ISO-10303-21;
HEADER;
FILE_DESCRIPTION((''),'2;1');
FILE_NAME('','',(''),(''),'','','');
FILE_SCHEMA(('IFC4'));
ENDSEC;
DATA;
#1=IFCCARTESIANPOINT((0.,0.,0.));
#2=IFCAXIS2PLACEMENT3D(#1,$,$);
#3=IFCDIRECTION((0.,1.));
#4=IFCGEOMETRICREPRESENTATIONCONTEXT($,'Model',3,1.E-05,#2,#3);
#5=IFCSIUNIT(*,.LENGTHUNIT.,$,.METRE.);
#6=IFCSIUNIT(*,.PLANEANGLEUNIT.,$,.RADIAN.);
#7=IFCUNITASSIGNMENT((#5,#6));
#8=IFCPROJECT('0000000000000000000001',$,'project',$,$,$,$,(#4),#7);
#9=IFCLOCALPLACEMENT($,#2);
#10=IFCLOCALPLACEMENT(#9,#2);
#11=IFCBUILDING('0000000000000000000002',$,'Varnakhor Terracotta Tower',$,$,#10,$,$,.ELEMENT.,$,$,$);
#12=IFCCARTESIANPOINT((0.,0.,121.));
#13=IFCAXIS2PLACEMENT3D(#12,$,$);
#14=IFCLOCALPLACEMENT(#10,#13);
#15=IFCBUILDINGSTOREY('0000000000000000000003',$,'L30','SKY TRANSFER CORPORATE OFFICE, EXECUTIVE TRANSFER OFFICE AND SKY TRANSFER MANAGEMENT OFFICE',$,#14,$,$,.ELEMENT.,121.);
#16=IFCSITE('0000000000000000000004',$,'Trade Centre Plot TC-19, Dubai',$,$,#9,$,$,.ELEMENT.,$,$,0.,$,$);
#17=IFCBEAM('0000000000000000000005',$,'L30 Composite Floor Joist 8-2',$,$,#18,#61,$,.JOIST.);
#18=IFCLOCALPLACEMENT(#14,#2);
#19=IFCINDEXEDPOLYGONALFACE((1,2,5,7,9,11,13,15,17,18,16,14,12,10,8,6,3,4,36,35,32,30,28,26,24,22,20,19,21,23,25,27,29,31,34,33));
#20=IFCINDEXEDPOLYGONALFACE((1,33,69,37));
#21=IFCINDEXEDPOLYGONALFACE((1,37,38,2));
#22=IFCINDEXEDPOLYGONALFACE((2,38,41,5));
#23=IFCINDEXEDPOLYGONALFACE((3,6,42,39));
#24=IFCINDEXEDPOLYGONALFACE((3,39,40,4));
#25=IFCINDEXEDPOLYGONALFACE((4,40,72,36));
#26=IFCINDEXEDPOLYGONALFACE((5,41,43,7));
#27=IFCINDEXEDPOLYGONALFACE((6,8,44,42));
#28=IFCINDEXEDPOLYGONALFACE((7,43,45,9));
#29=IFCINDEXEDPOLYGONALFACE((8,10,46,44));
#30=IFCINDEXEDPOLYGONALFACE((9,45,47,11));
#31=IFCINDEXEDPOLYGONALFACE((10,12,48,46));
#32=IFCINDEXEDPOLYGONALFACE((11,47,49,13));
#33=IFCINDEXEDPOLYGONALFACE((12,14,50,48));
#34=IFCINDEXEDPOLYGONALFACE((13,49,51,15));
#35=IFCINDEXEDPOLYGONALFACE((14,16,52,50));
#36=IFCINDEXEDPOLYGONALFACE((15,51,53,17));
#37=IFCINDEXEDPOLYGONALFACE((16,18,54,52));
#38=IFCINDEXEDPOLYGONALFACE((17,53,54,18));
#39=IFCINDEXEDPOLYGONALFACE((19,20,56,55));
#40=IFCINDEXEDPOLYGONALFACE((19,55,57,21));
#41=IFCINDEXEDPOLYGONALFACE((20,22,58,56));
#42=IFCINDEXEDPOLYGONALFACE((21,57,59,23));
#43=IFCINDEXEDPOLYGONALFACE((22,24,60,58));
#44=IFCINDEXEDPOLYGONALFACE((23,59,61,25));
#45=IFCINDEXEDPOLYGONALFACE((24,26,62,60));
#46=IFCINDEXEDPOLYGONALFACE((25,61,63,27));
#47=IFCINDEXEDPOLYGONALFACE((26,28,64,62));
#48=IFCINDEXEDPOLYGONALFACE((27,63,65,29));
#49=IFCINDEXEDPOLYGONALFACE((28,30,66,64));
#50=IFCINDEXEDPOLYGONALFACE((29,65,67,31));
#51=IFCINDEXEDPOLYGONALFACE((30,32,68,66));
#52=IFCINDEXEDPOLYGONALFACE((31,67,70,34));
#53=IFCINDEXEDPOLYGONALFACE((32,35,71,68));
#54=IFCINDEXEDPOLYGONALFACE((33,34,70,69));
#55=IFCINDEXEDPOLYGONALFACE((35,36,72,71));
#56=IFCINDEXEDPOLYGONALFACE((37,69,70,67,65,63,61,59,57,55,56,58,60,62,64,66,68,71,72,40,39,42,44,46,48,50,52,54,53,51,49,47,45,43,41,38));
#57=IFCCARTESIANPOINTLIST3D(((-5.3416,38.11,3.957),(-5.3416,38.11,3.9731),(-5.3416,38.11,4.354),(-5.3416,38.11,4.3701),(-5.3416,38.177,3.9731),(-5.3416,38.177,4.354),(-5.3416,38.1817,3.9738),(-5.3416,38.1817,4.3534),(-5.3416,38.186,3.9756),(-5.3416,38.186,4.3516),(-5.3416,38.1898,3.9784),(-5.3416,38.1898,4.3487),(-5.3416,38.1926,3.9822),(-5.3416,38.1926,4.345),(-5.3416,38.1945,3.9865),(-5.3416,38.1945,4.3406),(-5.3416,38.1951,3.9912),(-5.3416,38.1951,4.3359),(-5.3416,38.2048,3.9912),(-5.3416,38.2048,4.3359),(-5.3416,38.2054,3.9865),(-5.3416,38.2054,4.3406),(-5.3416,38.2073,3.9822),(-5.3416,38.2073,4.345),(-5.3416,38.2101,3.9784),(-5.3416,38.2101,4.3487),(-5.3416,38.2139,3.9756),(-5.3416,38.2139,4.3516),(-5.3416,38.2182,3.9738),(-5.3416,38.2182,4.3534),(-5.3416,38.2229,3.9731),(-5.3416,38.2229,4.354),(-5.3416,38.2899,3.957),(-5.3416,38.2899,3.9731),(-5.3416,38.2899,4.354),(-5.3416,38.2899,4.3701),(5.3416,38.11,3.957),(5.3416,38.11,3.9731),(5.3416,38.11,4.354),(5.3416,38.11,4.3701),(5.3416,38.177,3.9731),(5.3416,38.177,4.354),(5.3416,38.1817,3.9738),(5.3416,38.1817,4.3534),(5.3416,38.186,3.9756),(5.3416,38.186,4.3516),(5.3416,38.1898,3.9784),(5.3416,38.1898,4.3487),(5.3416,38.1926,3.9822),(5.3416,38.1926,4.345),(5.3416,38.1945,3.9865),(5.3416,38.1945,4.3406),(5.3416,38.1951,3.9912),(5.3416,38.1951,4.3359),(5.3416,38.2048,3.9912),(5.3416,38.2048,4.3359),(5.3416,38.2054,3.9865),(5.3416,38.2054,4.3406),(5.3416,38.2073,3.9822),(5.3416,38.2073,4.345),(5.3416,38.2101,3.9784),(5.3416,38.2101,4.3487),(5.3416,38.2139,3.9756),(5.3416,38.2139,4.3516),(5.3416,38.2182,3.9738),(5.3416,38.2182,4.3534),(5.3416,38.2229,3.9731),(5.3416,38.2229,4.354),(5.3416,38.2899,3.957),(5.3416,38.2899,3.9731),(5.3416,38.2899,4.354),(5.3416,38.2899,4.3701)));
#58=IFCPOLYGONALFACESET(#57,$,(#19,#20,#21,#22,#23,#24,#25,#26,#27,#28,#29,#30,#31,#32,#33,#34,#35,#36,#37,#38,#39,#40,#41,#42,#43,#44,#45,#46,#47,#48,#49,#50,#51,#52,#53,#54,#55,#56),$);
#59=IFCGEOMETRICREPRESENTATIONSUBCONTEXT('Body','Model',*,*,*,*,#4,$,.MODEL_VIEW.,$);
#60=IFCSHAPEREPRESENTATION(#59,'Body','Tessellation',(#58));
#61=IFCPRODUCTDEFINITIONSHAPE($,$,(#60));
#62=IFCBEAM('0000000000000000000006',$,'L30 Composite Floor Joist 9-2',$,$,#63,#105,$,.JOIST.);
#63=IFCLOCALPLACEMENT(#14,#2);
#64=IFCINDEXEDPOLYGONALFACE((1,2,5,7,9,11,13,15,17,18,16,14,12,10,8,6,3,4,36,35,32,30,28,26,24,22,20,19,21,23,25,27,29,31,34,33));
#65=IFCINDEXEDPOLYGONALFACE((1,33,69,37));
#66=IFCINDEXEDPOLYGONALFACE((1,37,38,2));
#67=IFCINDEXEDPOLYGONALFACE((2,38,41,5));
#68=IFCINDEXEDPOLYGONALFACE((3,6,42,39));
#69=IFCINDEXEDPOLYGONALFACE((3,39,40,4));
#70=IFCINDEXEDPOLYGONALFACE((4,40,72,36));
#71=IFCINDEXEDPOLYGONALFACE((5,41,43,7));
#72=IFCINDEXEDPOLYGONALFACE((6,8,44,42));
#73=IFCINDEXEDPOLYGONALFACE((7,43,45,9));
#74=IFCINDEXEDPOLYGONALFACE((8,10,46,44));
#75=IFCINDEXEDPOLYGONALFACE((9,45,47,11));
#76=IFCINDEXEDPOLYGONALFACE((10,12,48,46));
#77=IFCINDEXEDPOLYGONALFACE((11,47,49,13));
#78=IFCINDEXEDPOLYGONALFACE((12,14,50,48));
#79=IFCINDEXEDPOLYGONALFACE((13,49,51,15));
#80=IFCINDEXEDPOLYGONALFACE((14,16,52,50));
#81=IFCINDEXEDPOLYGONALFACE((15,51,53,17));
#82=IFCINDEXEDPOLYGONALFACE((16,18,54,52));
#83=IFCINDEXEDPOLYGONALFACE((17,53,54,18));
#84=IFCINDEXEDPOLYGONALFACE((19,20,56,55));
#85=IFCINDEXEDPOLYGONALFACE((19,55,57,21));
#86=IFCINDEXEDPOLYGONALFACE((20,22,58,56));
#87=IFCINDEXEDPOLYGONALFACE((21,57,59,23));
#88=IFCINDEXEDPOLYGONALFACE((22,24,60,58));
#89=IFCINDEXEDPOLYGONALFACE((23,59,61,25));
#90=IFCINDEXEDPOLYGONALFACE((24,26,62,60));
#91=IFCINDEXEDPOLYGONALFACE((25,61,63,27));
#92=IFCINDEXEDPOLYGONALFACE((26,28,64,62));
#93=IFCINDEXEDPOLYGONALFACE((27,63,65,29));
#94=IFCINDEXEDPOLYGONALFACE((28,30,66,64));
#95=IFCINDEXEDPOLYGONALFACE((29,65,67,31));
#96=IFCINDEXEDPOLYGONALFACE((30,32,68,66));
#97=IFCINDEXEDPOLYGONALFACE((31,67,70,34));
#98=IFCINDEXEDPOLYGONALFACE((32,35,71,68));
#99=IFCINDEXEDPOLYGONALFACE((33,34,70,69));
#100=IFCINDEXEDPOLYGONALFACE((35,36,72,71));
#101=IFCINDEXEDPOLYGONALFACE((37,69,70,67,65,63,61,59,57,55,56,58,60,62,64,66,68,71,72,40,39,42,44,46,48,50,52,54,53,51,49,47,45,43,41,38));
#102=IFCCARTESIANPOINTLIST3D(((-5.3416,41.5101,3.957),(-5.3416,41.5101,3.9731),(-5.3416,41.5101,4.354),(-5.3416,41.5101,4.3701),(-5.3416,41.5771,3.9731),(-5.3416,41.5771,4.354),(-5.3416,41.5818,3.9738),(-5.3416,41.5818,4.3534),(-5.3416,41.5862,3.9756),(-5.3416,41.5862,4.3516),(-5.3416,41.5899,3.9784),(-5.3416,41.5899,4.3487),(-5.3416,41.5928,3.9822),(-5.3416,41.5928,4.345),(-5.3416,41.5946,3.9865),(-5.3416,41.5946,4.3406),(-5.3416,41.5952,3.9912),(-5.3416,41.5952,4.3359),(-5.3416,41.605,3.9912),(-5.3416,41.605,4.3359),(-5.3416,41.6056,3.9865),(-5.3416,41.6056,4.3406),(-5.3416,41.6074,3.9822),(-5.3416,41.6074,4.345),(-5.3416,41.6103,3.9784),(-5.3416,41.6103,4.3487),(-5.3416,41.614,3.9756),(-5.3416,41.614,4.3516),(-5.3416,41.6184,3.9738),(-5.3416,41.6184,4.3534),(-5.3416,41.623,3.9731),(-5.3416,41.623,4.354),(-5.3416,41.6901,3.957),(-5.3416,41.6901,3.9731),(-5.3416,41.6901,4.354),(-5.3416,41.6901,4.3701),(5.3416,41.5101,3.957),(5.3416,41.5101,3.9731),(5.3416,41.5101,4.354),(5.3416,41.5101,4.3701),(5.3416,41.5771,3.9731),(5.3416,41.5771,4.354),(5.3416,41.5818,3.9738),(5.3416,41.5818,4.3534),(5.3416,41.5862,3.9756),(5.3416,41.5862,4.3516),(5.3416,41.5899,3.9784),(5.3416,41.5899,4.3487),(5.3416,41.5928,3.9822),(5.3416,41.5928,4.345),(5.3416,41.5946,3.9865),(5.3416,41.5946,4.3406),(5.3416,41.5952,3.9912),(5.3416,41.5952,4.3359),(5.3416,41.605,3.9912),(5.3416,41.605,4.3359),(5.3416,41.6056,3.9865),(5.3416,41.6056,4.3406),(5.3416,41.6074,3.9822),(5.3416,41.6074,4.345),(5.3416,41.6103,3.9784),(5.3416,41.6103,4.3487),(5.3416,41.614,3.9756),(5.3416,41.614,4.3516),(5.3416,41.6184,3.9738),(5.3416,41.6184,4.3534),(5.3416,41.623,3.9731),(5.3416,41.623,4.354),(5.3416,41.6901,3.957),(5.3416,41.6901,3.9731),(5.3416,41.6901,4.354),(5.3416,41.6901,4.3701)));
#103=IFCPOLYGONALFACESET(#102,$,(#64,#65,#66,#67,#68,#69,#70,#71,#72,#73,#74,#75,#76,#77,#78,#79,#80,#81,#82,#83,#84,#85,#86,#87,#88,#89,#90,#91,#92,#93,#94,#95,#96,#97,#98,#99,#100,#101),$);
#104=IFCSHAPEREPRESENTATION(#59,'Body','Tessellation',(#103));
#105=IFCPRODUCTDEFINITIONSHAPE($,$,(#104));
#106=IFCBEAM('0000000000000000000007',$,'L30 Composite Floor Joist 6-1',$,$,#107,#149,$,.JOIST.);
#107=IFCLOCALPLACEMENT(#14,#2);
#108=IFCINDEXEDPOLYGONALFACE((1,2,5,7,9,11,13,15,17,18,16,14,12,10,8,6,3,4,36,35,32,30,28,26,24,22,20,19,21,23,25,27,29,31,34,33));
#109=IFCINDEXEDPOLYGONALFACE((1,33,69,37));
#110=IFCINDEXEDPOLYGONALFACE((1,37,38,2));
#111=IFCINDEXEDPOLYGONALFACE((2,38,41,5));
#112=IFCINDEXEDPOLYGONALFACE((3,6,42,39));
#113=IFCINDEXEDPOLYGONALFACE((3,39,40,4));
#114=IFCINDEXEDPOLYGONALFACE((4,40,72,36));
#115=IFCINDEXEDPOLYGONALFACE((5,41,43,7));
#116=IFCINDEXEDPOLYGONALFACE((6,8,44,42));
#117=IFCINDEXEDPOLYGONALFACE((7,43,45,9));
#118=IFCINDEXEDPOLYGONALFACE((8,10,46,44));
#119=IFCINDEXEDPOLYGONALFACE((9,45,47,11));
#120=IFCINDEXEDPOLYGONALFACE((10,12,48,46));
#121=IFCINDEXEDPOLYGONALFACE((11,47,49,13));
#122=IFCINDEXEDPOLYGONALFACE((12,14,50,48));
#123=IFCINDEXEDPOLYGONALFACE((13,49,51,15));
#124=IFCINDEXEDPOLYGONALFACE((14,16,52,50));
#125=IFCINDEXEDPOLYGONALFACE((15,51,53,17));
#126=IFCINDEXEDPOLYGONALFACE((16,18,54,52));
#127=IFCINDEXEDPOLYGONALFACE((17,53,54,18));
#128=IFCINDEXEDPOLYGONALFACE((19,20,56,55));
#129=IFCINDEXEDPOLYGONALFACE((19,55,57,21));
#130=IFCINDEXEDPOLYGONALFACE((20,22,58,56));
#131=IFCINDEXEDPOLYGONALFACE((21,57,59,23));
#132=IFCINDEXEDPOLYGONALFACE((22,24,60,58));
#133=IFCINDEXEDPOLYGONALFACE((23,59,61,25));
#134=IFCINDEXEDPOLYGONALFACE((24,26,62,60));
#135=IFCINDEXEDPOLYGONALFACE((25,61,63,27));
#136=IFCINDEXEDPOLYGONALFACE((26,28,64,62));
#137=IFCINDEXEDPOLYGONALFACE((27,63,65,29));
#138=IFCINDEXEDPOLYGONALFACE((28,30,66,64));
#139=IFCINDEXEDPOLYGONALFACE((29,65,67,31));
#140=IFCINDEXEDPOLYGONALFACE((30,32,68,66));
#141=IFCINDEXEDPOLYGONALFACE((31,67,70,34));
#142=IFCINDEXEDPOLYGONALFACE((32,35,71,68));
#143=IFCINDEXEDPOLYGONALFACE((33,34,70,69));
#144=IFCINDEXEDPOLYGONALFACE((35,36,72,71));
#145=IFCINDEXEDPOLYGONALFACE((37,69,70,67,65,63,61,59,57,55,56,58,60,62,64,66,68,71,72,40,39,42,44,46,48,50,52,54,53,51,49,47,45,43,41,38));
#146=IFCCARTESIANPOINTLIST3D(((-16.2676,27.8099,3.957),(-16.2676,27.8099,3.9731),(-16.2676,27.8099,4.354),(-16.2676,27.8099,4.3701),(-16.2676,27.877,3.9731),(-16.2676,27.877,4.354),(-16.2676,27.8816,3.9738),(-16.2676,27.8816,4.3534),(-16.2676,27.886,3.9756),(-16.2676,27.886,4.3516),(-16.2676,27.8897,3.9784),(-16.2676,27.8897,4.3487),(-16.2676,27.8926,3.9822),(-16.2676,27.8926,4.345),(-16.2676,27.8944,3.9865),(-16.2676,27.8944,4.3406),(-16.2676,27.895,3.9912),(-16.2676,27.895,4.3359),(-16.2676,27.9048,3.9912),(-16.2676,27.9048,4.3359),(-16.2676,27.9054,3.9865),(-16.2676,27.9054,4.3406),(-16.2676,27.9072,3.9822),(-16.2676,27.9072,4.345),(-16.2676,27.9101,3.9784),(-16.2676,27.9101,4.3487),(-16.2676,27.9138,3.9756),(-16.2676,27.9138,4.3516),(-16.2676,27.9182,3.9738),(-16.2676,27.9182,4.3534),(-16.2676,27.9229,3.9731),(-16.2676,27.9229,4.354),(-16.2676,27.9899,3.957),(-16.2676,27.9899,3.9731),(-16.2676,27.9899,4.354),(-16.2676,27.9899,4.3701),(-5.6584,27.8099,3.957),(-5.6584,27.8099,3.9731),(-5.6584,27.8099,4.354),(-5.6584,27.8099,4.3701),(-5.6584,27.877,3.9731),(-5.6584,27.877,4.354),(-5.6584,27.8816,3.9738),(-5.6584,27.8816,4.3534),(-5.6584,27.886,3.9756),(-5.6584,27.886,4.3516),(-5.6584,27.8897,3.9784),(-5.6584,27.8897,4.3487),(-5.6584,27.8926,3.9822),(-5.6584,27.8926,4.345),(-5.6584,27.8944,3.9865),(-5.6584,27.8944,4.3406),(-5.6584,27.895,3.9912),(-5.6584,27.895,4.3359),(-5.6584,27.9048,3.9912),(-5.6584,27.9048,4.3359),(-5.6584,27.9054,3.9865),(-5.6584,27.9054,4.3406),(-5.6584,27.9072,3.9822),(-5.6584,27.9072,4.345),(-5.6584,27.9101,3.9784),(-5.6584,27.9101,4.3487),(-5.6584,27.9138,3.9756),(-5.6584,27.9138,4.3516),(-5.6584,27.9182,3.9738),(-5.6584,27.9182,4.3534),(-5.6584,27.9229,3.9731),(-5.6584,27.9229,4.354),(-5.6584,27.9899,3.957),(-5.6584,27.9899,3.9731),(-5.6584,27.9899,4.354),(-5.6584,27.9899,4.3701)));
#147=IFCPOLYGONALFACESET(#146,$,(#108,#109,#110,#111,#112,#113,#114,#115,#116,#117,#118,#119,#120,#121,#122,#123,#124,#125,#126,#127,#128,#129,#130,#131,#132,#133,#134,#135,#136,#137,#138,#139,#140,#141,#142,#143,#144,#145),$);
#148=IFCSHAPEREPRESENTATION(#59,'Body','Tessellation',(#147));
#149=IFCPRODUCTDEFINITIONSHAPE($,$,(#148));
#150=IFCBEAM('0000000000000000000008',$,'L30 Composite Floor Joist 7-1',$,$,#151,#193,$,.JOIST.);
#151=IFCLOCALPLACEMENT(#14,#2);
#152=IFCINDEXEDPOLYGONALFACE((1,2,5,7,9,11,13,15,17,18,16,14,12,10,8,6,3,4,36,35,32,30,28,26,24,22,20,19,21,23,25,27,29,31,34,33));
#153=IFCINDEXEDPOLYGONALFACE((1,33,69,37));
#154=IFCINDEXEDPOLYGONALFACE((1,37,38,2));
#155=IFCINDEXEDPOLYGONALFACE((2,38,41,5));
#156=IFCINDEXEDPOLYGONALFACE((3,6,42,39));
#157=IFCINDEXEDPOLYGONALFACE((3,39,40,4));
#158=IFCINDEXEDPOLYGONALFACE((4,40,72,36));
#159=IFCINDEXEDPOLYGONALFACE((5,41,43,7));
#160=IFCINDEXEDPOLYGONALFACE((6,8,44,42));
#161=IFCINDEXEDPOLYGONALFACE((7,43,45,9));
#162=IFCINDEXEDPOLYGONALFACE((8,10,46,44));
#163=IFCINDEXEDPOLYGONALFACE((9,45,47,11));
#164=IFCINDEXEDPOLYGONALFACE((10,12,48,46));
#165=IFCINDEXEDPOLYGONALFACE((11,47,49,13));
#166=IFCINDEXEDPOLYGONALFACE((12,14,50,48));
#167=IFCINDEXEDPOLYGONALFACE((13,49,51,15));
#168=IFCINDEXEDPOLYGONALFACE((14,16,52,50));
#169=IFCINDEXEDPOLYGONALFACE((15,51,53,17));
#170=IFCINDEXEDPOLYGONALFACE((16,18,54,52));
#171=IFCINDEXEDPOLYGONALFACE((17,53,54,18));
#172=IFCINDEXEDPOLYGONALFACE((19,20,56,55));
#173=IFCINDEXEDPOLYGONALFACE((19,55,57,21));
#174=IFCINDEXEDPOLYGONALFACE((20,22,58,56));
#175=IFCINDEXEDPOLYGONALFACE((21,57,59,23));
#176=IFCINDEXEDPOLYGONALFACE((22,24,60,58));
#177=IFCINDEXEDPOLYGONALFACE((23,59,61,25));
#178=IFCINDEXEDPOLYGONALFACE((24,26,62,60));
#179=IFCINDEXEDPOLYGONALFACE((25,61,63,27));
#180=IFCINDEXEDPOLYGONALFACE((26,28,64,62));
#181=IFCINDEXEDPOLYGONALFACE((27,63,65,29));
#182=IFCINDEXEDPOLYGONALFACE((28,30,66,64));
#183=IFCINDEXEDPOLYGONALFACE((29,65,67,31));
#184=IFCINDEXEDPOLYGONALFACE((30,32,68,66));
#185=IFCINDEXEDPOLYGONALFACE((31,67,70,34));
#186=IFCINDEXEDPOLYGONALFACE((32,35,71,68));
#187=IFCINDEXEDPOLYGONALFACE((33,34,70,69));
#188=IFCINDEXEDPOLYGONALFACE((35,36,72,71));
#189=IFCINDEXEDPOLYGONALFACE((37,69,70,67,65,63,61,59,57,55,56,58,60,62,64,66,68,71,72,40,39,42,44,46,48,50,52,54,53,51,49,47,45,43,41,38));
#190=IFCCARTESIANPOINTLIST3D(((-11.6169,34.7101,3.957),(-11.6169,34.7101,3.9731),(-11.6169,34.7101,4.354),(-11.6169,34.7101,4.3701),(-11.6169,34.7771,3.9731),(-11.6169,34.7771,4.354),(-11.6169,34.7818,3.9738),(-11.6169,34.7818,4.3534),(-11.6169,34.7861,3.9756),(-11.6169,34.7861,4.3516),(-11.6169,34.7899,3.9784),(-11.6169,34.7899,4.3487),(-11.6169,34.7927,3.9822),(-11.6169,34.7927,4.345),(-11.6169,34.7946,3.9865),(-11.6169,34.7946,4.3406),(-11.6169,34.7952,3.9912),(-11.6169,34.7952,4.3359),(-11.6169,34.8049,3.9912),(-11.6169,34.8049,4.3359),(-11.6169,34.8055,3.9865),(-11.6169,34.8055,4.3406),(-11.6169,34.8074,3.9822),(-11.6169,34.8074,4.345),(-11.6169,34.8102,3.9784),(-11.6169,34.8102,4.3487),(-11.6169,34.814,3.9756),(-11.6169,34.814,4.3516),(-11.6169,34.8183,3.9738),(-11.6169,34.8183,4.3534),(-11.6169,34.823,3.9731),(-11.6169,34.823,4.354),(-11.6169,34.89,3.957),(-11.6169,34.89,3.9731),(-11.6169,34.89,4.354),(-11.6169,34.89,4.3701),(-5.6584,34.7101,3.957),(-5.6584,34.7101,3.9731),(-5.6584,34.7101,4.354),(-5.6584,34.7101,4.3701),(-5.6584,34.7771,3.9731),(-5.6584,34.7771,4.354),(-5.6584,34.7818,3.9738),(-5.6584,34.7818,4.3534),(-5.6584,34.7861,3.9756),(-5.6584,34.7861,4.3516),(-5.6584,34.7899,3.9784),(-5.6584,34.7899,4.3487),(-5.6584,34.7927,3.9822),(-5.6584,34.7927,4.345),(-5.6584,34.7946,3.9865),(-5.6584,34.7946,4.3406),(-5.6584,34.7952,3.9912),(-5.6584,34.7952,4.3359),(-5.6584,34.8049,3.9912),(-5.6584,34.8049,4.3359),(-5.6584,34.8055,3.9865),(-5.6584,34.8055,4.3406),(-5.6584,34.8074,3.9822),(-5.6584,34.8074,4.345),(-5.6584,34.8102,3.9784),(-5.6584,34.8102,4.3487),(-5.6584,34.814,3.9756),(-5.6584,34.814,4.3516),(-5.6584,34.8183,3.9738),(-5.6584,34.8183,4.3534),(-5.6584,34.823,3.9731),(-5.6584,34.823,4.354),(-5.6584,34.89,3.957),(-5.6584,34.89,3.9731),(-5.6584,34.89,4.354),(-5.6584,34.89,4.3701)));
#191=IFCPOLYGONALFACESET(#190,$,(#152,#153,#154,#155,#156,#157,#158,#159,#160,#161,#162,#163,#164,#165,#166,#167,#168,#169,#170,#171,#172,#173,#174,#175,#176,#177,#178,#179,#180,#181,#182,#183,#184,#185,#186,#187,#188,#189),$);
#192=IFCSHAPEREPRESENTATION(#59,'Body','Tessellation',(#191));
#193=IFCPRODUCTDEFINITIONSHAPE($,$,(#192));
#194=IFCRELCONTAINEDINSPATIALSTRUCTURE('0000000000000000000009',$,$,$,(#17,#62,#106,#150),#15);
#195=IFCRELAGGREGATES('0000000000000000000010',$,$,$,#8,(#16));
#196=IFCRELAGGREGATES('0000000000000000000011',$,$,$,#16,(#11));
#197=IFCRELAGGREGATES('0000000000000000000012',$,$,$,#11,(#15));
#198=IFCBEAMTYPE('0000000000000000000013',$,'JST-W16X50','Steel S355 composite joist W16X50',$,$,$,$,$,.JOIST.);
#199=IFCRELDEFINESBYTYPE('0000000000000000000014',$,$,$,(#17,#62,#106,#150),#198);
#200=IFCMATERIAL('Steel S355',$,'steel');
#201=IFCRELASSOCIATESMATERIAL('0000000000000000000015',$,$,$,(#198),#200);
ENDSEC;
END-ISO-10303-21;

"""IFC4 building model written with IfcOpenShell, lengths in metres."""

from ifc_helpers import new_model, si_unit, direction, frame, origin, origin_2d, place, context, subcontext, project, spatial, i_section, extrude, source, transform, mapped, material, material_profile, profile_set, type_object, element, save


model = new_model("IFC4")

# Units and contexts
model_context = context("Model", 3, precision=1e-05, world=origin(), true_north=direction((0.0, 1.0)))
body_context = subcontext(model_context, "Body", "Model", "MODEL_VIEW")
ifc_project = project(units=[si_unit("LENGTHUNIT", "METRE"), si_unit("PLANEANGLEUNIT", "RADIAN")], contexts=[model_context])

# Site, building, storey
site_placement = place(None, origin())
site = spatial("IfcSite", under=ifc_project, at=site_placement, Name="Trade Centre Plot TC-19, Dubai", CompositionType="ELEMENT", RefElevation=0.0)
building_placement = place(site_placement, origin())
building = spatial("IfcBuilding", under=site, at=building_placement, Name="Varnakhor Terracotta Tower", CompositionType="ELEMENT")
storey_placement = place(building_placement, frame((0.0, 0.0, 121.0)))
storey = spatial("IfcBuildingStorey", under=building, at=storey_placement, Name="L30", Description="SKY TRANSFER CORPORATE OFFICE, EXECUTIVE TRANSFER OFFICE AND SKY TRANSFER MANAGEMENT OFFICE", CompositionType="ELEMENT", Elevation=121.0)

# Beams
ifc_material_1 = material(Name="Steel S355", Category="steel")
ifc_material_profile_1 = material_profile(ifc_material_1, i_section(OverallWidth=0.1799, OverallDepth=0.4131, WebThickness=0.0098, FlangeThickness=0.0161, FilletRadius=0.0181, at=origin_2d()), Name="W16X50")
ifc_profile_set_1 = profile_set([ifc_material_profile_1], Name="Steel S355")
beam_type_1 = type_object("IfcBeamType", Name="JST-W16X50", Description="Steel S355 composite joist W16X50", PredefinedType="JOIST", material=ifc_profile_set_1)
shared_shape_1 = source(origin(), body_context, "Body", "SweptSolid", [
    extrude(i_section(OverallWidth=0.1799, OverallDepth=0.4131, WebThickness=0.0098, FlangeThickness=0.0161, FilletRadius=0.0181, at=origin_2d()), origin(), (0.0, 0.0, 1.0), 10.6831),
])
for number, where, z_axis, x_axis, name in (
    (1, (-5.3416, 38.2, 4.1636), (1.0, 0.0, 0.0), (0.0, 1.0, 0.0), "L30 Composite Floor Joist 8-2"),
    (2, (-5.3416, 41.6001, 4.1636), (1.0, 0.0, 0.0), (0.0, 1.0, 0.0), "L30 Composite Floor Joist 9-2"),
):
    element("IfcBeam", number, at=place(storey_placement, frame(where, z_axis=z_axis, x_axis=x_axis)), inside=storey, type_object=beam_type_1, Name=name, PredefinedType="JOIST", context=body_context, shape_type="MappedRepresentation", body=[
        mapped(shared_shape_1, transform((0.0, 0.0, 0.0), scale=1.0)),
    ])
shared_shape_2 = source(origin(), body_context, "Body", "SweptSolid", [
    extrude(i_section(OverallWidth=0.1799, OverallDepth=0.4131, WebThickness=0.0098, FlangeThickness=0.0161, FilletRadius=0.0181, at=origin_2d()), origin(), (0.0, 0.0, 1.0), 10.6091),
])
beam_1_placement = place(storey_placement, frame((-16.2676, 27.8999, 4.1636), z_axis=(1.0, 0.0, 0.0), x_axis=(0.0, 1.0, 0.0)))
element("IfcBeam", 3, at=beam_1_placement, inside=storey, type_object=beam_type_1, Name="L30 Composite Floor Joist 6-1", PredefinedType="JOIST", context=body_context, shape_type="MappedRepresentation", body=[
    mapped(shared_shape_2, transform((0.0, 0.0, 0.0), scale=1.0)),
])
shared_shape_3 = source(origin(), body_context, "Body", "SweptSolid", [
    extrude(i_section(OverallWidth=0.1799, OverallDepth=0.4131, WebThickness=0.0098, FlangeThickness=0.0161, FilletRadius=0.0181, at=origin_2d()), origin(), (0.0, 0.0, 1.0), 5.9585),
])
beam_2_placement = place(storey_placement, frame((-11.6169, 34.8, 4.1636), z_axis=(1.0, 0.0, 0.0), x_axis=(0.0, 1.0, 0.0)))
element("IfcBeam", 4, at=beam_2_placement, inside=storey, type_object=beam_type_1, Name="L30 Composite Floor Joist 7-1", PredefinedType="JOIST", context=body_context, shape_type="MappedRepresentation", body=[
    mapped(shared_shape_3, transform((0.0, 0.0, 0.0), scale=1.0)),
])

save(model, "model.ifc")
